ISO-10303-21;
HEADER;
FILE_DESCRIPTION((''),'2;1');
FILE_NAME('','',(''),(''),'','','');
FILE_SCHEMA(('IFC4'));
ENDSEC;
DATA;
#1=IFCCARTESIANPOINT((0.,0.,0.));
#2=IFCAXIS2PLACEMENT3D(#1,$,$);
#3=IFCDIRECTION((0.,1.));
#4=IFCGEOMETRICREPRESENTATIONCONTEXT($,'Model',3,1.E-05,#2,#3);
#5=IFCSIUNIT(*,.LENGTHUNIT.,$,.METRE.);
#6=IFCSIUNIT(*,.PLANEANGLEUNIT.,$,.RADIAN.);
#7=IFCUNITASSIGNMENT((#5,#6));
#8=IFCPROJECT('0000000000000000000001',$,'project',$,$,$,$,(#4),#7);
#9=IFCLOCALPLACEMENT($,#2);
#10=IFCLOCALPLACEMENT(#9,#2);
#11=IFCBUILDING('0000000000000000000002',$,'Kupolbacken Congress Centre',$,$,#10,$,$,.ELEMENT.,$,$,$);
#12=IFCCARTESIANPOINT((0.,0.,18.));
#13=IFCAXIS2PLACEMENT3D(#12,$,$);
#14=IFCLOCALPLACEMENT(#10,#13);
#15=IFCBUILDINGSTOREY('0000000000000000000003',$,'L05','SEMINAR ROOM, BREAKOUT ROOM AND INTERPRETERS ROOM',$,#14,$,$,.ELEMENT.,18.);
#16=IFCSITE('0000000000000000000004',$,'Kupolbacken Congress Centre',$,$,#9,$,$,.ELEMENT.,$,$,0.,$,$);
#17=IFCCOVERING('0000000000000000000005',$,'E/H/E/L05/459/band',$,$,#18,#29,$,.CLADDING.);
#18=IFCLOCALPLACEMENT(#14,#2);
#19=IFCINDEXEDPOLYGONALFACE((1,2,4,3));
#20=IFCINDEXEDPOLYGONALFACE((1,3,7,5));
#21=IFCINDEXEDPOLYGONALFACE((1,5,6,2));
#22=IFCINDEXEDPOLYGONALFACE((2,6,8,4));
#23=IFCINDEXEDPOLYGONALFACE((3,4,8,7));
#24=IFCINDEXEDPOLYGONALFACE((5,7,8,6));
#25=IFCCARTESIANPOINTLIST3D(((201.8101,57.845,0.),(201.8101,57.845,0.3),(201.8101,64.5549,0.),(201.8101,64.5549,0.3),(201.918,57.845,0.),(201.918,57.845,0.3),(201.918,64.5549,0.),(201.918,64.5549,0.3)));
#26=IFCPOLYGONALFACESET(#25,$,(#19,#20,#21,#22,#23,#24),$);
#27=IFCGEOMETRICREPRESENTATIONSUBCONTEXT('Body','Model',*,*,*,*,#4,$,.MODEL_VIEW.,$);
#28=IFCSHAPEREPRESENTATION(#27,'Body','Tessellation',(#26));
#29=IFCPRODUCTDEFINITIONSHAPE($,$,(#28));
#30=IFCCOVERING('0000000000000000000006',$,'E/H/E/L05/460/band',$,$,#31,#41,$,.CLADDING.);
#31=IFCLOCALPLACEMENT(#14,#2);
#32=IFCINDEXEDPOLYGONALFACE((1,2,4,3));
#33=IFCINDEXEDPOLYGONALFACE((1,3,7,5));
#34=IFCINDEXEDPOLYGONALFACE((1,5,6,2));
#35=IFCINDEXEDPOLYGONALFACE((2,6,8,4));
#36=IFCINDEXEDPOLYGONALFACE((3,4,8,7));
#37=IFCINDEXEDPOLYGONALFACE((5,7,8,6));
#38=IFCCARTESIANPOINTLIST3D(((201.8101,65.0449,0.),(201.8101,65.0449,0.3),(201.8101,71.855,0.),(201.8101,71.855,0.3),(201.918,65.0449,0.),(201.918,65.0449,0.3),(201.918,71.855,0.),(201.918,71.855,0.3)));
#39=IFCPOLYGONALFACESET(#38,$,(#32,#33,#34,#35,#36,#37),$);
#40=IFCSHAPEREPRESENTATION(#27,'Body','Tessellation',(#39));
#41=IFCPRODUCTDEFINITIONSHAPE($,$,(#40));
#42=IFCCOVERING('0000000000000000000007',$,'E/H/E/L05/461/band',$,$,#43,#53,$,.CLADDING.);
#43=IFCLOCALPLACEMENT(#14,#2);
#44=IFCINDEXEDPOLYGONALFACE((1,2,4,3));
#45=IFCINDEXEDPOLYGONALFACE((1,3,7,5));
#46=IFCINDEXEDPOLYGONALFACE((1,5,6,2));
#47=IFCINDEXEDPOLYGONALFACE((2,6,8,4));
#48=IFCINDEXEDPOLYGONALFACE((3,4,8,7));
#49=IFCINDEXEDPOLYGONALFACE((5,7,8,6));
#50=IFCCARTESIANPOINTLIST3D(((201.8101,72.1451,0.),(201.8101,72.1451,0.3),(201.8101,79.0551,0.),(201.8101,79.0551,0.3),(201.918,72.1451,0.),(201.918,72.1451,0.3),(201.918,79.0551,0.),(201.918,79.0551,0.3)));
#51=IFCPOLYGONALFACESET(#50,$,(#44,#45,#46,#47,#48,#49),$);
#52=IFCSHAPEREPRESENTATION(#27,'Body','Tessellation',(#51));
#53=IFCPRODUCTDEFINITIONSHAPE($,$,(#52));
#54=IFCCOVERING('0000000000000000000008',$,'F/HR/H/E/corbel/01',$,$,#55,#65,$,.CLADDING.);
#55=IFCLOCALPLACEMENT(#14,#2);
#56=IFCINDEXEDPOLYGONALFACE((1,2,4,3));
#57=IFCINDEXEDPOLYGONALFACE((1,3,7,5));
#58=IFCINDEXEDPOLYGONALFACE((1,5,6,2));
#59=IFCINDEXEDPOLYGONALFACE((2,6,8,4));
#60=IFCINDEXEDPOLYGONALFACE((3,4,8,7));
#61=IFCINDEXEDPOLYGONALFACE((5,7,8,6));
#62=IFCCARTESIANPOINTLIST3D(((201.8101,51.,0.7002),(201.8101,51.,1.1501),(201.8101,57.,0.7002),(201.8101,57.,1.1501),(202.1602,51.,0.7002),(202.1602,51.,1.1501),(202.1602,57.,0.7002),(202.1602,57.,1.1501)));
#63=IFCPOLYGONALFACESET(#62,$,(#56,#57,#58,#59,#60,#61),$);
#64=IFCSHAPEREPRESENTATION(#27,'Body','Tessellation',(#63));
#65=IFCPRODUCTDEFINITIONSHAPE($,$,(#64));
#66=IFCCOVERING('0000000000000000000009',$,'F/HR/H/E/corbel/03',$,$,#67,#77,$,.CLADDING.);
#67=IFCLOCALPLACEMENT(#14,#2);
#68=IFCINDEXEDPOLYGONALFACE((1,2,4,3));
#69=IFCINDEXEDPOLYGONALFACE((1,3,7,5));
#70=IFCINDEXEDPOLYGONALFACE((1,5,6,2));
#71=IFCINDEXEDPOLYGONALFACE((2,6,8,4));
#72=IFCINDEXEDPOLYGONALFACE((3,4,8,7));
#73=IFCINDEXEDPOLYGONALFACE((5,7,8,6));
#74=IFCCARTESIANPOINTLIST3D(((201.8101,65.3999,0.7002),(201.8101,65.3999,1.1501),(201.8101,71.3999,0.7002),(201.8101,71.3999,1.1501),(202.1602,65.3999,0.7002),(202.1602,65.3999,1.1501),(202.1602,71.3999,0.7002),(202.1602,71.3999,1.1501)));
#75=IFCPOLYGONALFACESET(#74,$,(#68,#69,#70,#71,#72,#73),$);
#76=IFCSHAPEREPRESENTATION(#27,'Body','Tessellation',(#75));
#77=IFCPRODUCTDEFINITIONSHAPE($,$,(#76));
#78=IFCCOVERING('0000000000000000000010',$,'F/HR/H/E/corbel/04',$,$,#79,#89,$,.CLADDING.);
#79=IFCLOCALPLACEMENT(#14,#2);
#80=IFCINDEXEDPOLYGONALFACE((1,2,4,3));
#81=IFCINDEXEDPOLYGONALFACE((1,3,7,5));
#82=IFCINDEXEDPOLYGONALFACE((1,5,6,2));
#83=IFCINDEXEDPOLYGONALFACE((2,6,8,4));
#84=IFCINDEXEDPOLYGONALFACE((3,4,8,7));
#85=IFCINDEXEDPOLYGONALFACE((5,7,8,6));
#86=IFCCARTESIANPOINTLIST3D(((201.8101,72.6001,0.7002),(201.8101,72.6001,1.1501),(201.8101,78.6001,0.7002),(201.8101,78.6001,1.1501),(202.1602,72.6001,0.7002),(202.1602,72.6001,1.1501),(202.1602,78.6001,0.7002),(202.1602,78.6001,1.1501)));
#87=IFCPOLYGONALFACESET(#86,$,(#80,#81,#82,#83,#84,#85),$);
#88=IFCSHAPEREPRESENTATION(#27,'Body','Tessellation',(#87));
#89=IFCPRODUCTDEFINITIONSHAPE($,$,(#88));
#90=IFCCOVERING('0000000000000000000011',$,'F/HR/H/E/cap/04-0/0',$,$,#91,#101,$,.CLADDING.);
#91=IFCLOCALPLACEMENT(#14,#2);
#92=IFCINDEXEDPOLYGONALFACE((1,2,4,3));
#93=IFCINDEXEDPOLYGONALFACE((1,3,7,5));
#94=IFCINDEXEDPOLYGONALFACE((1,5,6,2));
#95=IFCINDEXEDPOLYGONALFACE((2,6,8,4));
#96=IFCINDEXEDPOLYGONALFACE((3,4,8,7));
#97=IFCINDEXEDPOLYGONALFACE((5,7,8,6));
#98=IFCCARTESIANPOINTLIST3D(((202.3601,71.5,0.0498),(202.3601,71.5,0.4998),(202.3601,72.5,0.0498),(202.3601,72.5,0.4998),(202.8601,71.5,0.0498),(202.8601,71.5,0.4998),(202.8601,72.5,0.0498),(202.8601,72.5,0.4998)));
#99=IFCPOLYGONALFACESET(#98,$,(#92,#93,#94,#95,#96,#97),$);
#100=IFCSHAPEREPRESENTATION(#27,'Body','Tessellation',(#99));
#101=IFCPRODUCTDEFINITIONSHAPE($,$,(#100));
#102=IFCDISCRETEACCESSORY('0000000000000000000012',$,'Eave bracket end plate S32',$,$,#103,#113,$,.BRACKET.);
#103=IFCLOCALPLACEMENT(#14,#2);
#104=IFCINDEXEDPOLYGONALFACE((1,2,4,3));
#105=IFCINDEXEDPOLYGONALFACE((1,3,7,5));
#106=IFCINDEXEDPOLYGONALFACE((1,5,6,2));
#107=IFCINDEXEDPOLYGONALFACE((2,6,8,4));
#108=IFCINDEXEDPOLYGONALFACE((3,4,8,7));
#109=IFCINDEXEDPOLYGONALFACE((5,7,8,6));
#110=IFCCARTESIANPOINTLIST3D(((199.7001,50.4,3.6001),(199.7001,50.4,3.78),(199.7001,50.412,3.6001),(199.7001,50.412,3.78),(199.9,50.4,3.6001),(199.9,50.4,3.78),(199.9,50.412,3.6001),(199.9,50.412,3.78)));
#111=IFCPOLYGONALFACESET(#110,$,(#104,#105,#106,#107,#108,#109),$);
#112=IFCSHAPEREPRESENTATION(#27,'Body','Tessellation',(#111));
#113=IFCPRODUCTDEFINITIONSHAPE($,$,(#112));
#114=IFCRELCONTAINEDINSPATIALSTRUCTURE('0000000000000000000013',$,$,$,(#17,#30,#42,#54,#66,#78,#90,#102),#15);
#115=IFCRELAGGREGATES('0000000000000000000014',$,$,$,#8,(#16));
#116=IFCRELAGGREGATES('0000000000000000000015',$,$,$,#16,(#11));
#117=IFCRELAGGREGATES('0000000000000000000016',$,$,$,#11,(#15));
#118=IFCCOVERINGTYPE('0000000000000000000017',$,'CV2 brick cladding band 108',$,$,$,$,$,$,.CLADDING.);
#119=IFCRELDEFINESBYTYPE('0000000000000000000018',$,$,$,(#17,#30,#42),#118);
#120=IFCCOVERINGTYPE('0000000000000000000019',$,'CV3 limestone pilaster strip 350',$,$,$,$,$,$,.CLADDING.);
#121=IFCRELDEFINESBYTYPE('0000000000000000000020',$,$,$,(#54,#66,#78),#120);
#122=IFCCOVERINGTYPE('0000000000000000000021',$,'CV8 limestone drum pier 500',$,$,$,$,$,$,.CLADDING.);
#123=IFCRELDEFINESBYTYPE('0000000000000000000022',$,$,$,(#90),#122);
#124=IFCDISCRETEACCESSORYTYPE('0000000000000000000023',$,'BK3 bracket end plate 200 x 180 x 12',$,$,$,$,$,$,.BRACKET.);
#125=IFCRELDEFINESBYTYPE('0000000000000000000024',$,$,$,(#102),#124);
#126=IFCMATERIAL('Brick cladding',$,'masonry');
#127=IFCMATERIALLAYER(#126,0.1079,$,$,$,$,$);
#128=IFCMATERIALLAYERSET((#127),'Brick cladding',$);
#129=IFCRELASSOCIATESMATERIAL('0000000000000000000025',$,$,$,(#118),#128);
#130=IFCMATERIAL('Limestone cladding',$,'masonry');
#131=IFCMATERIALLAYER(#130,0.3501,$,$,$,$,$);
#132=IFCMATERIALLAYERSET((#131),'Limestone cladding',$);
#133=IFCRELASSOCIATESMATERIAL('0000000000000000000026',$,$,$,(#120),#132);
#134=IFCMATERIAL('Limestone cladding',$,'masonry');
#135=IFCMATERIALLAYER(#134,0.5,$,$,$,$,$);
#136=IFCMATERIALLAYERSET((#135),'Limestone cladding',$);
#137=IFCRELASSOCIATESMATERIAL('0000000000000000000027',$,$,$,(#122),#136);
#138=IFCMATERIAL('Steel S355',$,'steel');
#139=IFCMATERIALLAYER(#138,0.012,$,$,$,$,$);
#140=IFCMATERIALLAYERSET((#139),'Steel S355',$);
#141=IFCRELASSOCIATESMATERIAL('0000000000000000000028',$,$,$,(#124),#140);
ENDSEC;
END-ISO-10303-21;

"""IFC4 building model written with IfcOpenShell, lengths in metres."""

from ifc_helpers import new_model, si_unit, direction, frame, origin, origin_2d, place, context, subcontext, project, spatial, rectangle, extrude, material, layer, layer_set, type_object, element, save


model = new_model("IFC4")

# Units and contexts
model_context = context("Model", 3, precision=1e-05, world=origin(), true_north=direction((0.0, 1.0)))
body_context = subcontext(model_context, "Body", "Model", "MODEL_VIEW")
ifc_project = project(units=[si_unit("LENGTHUNIT", "METRE"), si_unit("PLANEANGLEUNIT", "RADIAN")], contexts=[model_context])

# Site, building, storey
site_placement = place(None, origin())
site = spatial("IfcSite", under=ifc_project, at=site_placement, Name="Kupolbacken Congress Centre", CompositionType="ELEMENT", RefElevation=0.0)
building_placement = place(site_placement, origin())
building = spatial("IfcBuilding", under=site, at=building_placement, Name="Kupolbacken Congress Centre", CompositionType="ELEMENT")
storey_placement = place(building_placement, frame((0.0, 0.0, 18.0)))
storey = spatial("IfcBuildingStorey", under=building, at=storey_placement, Name="L05", Description="SEMINAR ROOM, BREAKOUT ROOM AND INTERPRETERS ROOM", CompositionType="ELEMENT", Elevation=18.0)

# Coverings
ifc_material_1 = material(Name="Brick cladding", Category="masonry")
ifc_layer_1 = layer(ifc_material_1, 0.1079)
ifc_layer_set_1 = layer_set([ifc_layer_1], Name="Brick cladding")
covering_type_1 = type_object("IfcCoveringType", Name="CV2 brick cladding band 108", PredefinedType="CLADDING", material=ifc_layer_set_1)
covering_1_placement = place(storey_placement, frame((201.864, 61.2, 0.0), z_axis=(0.0, 0.0, 1.0), x_axis=(0.0, 1.0, 0.0)))
element("IfcCovering", 1, at=covering_1_placement, inside=storey, type_object=covering_type_1, Name="E/H/E/L05/459/band", PredefinedType="CLADDING", context=body_context, shape_type="SweptSolid", body=[
    extrude(rectangle(XDim=6.71, YDim=0.1079, at=origin_2d()), origin(), (0.0, 0.0, 1.0), 0.3),
])
covering_2_placement = place(storey_placement, frame((201.864, 68.45, 0.0), z_axis=(0.0, 0.0, 1.0), x_axis=(0.0, 1.0, 0.0)))
element("IfcCovering", 2, at=covering_2_placement, inside=storey, type_object=covering_type_1, Name="E/H/E/L05/460/band", PredefinedType="CLADDING", context=body_context, shape_type="SweptSolid", body=[
    extrude(rectangle(XDim=6.8101, YDim=0.1079, at=origin_2d()), origin(), (0.0, 0.0, 1.0), 0.3),
])
covering_3_placement = place(storey_placement, frame((201.864, 75.6001, 0.0), z_axis=(0.0, 0.0, 1.0), x_axis=(0.0, 1.0, 0.0)))
element("IfcCovering", 3, at=covering_3_placement, inside=storey, type_object=covering_type_1, Name="E/H/E/L05/461/band", PredefinedType="CLADDING", context=body_context, shape_type="SweptSolid", body=[
    extrude(rectangle(XDim=6.9099, YDim=0.1079, at=origin_2d()), origin(), (0.0, 0.0, 1.0), 0.3),
])
ifc_material_2 = material(Name="Limestone cladding", Category="masonry")
ifc_layer_2 = layer(ifc_material_2, 0.3501)
ifc_layer_set_2 = layer_set([ifc_layer_2], Name="Limestone cladding")
covering_type_2 = type_object("IfcCoveringType", Name="CV3 limestone pilaster strip 350", PredefinedType="CLADDING", material=ifc_layer_set_2)
for number, where, z_axis, x_axis, name in (
    (4, (201.9851, 54.0, 0.7002), (0.0, 0.0, 1.0), (0.0, 1.0, 0.0), "F/HR/H/E/corbel/01"),
    (5, (201.9851, 68.3999, 0.7002), (0.0, 0.0, 1.0), (0.0, 1.0, 0.0), "F/HR/H/E/corbel/03"),
    (6, (201.9851, 75.6001, 0.7002), (0.0, 0.0, 1.0), (0.0, 1.0, 0.0), "F/HR/H/E/corbel/04"),
):
    element("IfcCovering", number, at=place(storey_placement, frame(where, z_axis=z_axis, x_axis=x_axis)), inside=storey, type_object=covering_type_2, Name=name, PredefinedType="CLADDING", context=body_context, shape_type="SweptSolid", body=[
        extrude(rectangle(XDim=6.0, YDim=0.3501, at=origin_2d()), origin(), (0.0, 0.0, 1.0), 0.45),
    ])
ifc_material_3 = material(Name="Limestone cladding", Category="masonry")
ifc_layer_3 = layer(ifc_material_3, 0.5)
ifc_layer_set_3 = layer_set([ifc_layer_3], Name="Limestone cladding")
covering_type_3 = type_object("IfcCoveringType", Name="CV8 limestone drum pier 500", PredefinedType="CLADDING", material=ifc_layer_set_3)
covering_4_placement = place(storey_placement, frame((202.6101, 72.0, 0.0498), z_axis=(0.0, 0.0, 1.0), x_axis=(0.0, 1.0, 0.0)))
element("IfcCovering", 7, at=covering_4_placement, inside=storey, type_object=covering_type_3, Name="F/HR/H/E/cap/04-0/0", PredefinedType="CLADDING", context=body_context, shape_type="SweptSolid", body=[
    extrude(rectangle(XDim=1.0, YDim=0.5, at=origin_2d()), origin(), (0.0, 0.0, 1.0), 0.45),
])

# Discrete accessory
ifc_material_4 = material(Name="Steel S355", Category="steel")
ifc_layer_4 = layer(ifc_material_4, 0.012)
ifc_layer_set_4 = layer_set([ifc_layer_4], Name="Steel S355")
discrete_accessory_type = type_object("IfcDiscreteAccessoryType", Name="BK3 bracket end plate 200 x 180 x 12", PredefinedType="BRACKET", material=ifc_layer_set_4)
discrete_accessory_placement = place(storey_placement, frame((199.8, 50.406, 3.6001), z_axis=(0.0, 0.0, 1.0), x_axis=(1.0, 0.0, 0.0)))
element("IfcDiscreteAccessory", 8, at=discrete_accessory_placement, inside=storey, type_object=discrete_accessory_type, Name="Eave bracket end plate S32", PredefinedType="BRACKET", context=body_context, shape_type="SweptSolid", body=[
    extrude(rectangle(XDim=0.2, YDim=0.012, at=origin_2d()), origin(), (0.0, 0.0, 1.0), 0.1799),
])

save(model, "model.ifc")
